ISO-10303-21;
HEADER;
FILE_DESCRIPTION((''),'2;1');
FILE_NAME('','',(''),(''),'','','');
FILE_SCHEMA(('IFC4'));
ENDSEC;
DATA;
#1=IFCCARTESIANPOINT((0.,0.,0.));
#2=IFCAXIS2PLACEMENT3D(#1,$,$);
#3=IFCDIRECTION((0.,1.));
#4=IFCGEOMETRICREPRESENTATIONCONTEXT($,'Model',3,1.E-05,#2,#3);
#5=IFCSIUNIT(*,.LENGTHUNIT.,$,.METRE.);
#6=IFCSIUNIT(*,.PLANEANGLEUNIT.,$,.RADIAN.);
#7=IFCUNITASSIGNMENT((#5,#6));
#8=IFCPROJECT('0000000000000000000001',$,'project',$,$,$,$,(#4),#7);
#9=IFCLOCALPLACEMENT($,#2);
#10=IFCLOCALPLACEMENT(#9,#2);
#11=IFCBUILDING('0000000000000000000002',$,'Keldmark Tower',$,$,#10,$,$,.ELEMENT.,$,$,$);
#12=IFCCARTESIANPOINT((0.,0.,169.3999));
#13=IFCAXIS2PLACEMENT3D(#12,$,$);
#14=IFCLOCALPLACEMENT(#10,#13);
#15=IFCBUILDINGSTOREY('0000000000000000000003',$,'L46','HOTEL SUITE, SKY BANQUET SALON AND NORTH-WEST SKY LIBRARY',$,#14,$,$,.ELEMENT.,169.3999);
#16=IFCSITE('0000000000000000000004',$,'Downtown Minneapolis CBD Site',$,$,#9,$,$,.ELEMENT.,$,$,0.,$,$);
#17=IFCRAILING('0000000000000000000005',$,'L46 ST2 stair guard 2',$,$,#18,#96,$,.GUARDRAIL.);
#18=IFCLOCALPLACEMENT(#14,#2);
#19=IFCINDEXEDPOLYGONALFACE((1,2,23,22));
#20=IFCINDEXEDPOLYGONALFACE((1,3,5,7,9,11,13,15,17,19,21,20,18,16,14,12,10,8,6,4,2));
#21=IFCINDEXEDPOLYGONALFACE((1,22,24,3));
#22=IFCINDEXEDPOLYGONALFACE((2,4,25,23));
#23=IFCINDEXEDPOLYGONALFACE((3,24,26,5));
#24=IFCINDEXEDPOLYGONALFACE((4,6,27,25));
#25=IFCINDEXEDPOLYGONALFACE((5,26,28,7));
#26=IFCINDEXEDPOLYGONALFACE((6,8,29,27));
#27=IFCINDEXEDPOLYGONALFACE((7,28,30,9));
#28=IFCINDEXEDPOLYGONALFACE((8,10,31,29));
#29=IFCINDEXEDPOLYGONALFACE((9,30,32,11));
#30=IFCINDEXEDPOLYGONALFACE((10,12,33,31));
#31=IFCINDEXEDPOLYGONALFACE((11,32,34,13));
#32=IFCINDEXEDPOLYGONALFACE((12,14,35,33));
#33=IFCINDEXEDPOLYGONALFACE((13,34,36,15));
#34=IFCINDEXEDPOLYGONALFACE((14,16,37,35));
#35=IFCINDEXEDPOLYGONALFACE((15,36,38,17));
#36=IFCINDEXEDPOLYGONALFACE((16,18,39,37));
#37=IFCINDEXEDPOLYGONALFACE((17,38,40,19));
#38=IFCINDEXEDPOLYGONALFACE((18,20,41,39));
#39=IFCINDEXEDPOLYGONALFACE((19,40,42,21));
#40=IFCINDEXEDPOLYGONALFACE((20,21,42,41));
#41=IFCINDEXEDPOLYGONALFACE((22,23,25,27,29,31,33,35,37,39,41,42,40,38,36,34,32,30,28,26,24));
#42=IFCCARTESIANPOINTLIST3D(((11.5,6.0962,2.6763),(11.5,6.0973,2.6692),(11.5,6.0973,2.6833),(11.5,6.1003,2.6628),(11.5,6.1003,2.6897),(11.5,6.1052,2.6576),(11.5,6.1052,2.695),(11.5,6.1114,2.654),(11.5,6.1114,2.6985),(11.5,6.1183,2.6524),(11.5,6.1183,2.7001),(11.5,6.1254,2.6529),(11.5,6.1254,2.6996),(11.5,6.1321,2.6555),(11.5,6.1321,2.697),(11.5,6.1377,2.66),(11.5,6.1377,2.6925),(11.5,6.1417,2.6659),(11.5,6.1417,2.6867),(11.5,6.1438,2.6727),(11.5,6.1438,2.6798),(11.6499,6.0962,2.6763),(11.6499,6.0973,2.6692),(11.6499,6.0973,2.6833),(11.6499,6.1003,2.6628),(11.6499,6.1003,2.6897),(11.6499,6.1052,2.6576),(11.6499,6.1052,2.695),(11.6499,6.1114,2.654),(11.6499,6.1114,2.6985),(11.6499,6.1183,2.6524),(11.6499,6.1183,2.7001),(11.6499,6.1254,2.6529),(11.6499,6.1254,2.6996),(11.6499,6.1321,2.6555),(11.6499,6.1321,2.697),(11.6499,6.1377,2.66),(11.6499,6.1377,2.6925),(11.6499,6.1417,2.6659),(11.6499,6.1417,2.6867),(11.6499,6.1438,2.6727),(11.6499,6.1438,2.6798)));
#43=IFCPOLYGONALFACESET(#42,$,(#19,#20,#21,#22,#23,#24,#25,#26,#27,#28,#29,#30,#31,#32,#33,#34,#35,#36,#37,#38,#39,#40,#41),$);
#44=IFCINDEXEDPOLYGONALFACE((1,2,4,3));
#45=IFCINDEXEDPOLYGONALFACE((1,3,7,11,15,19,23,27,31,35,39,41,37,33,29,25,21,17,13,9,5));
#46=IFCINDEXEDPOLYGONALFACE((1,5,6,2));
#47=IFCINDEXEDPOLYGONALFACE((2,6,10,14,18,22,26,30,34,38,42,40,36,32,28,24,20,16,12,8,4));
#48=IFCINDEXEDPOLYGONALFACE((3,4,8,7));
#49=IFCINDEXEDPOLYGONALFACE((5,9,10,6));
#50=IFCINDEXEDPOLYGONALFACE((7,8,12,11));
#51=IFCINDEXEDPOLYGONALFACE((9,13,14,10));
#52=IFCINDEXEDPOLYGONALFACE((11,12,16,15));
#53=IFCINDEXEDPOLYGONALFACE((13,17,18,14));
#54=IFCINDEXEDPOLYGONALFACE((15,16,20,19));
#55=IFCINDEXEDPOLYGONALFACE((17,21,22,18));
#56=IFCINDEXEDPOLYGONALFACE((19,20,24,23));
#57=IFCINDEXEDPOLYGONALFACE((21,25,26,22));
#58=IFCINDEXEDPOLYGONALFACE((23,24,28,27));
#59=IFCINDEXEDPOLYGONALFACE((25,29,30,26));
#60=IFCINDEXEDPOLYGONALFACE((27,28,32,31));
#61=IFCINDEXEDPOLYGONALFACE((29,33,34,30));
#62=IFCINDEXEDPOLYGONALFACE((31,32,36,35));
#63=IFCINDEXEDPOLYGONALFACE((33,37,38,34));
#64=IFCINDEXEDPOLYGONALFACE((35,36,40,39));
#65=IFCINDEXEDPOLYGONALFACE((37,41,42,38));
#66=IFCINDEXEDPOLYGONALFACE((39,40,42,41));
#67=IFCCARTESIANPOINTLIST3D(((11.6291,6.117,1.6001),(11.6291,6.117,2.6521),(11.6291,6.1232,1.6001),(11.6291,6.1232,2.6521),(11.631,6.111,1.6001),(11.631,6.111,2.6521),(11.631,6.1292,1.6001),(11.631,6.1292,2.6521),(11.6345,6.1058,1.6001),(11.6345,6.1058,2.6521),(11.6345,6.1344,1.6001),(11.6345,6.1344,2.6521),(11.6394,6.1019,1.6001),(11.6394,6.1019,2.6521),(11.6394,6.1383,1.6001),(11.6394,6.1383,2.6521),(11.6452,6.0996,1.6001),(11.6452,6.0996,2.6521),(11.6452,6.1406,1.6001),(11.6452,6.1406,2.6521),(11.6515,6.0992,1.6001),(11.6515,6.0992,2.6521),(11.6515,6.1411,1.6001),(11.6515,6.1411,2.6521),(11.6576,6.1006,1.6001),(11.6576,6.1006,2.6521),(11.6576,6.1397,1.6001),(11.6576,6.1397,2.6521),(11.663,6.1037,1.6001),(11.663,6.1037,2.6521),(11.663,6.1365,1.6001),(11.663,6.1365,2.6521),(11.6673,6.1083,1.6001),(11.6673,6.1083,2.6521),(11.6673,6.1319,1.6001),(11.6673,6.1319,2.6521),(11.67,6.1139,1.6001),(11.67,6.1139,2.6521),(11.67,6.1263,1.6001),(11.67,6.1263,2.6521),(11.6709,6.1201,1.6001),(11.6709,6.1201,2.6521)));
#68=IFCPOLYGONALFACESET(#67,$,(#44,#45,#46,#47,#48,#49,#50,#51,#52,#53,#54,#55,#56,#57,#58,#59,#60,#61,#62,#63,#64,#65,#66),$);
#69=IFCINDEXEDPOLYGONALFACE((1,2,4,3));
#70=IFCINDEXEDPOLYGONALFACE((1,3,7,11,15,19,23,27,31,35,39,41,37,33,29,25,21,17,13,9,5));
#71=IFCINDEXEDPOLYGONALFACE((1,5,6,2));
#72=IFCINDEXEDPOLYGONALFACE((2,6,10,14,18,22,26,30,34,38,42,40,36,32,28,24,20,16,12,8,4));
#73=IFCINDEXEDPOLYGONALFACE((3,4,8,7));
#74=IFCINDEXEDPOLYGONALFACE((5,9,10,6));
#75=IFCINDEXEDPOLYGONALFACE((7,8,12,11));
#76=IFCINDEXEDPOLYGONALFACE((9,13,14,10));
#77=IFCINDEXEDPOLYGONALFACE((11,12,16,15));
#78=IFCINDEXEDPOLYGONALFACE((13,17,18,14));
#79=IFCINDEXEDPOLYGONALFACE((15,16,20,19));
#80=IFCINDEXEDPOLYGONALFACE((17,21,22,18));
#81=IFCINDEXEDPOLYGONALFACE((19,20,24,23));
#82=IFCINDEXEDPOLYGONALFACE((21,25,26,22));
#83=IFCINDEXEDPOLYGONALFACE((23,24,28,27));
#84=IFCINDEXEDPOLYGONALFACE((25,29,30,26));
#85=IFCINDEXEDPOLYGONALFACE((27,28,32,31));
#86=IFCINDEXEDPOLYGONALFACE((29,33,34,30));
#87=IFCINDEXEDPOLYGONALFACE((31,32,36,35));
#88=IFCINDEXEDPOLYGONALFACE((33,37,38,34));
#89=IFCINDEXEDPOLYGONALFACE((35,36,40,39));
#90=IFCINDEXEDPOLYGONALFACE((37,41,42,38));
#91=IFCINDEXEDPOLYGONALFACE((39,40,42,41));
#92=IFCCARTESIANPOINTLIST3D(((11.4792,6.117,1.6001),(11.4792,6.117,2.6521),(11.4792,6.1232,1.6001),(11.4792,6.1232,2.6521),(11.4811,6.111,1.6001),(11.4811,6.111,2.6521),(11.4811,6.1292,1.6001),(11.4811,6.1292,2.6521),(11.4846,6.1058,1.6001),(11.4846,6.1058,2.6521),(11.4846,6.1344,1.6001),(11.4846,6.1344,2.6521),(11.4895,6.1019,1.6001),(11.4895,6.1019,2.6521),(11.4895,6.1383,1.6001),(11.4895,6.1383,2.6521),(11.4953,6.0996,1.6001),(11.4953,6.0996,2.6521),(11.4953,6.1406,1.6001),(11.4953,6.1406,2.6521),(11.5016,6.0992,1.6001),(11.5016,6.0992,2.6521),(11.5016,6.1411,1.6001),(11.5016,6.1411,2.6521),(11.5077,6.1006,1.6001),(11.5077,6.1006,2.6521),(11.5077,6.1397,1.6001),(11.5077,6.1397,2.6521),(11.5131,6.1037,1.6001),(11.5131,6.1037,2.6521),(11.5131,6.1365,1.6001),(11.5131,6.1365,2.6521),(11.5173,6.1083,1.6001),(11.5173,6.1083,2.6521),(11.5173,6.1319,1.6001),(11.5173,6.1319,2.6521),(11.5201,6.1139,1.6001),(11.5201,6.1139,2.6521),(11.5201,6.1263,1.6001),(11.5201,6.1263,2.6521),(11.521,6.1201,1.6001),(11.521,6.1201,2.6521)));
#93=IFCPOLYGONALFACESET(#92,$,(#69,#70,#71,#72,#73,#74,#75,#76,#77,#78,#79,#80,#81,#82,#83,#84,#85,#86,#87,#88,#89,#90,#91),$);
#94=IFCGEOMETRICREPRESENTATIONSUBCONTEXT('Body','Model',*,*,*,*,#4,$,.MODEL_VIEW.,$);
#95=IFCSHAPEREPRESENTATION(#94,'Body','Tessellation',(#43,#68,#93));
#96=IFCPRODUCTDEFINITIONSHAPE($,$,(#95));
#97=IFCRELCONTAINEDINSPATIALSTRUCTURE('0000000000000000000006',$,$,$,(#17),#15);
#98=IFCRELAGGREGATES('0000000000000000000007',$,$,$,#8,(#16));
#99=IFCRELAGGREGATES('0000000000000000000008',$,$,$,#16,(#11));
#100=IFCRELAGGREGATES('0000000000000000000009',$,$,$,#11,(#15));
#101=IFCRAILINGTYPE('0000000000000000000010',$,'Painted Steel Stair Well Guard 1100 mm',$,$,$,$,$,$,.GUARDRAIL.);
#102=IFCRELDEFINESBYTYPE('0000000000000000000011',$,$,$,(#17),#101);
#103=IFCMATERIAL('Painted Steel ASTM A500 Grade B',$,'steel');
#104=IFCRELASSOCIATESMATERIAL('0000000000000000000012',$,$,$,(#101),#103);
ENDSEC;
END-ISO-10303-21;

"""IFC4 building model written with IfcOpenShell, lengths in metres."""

from ifc_helpers import new_model, si_unit, direction, frame, origin, origin_2d, place, context, subcontext, project, spatial, circle, extrude, material, type_object, element, save


model = new_model("IFC4")

# Units and contexts
model_context = context("Model", 3, precision=1e-05, world=origin(), true_north=direction((0.0, 1.0)))
body_context = subcontext(model_context, "Body", "Model", "MODEL_VIEW")
ifc_project = project(units=[si_unit("LENGTHUNIT", "METRE"), si_unit("PLANEANGLEUNIT", "RADIAN")], contexts=[model_context])

# Site, building, storey
site_placement = place(None, origin())
site = spatial("IfcSite", under=ifc_project, at=site_placement, Name="Downtown Minneapolis CBD Site", CompositionType="ELEMENT", RefElevation=0.0)
building_placement = place(site_placement, origin())
building = spatial("IfcBuilding", under=site, at=building_placement, Name="Keldmark Tower", CompositionType="ELEMENT")
storey_placement = place(building_placement, frame((0.0, 0.0, 169.3999)))
storey = spatial("IfcBuildingStorey", under=building, at=storey_placement, Name="L46", Description="HOTEL SUITE, SKY BANQUET SALON AND NORTH-WEST SKY LIBRARY", CompositionType="ELEMENT", Elevation=169.3999)

# Railing
ifc_material_1 = material(Name="Painted Steel ASTM A500 Grade B", Category="steel")
railing_type_1 = type_object("IfcRailingType", Name="Painted Steel Stair Well Guard 1100 mm", PredefinedType="GUARDRAIL", material=ifc_material_1)
railing_1_placement = place(storey_placement, frame((11.6499, 6.1201, 1.6001)))
element("IfcRailing", 1, at=railing_1_placement, inside=storey, type_object=railing_type_1, Name="L46 ST2 stair guard 2", PredefinedType="GUARDRAIL", context=body_context, shape_type="SweptSolid", body=[
    extrude(circle(Radius=0.0239, at=origin_2d()), frame((0.0, 0.0, 1.0762), z_axis=(-1.0, 0.0, 0.0), x_axis=(0.0, -1.0, 0.0)), (0.0, 0.0, 1.0), 0.1499),
    extrude(circle(Radius=0.021, at=origin_2d()), origin(), (0.0, 0.0, 1.0), 1.052),
    extrude(circle(Radius=0.021, at=origin_2d()), frame((-0.1499, 0.0, 0.0)), (0.0, 0.0, 1.0), 1.052),
])

save(model, "model.ifc")
